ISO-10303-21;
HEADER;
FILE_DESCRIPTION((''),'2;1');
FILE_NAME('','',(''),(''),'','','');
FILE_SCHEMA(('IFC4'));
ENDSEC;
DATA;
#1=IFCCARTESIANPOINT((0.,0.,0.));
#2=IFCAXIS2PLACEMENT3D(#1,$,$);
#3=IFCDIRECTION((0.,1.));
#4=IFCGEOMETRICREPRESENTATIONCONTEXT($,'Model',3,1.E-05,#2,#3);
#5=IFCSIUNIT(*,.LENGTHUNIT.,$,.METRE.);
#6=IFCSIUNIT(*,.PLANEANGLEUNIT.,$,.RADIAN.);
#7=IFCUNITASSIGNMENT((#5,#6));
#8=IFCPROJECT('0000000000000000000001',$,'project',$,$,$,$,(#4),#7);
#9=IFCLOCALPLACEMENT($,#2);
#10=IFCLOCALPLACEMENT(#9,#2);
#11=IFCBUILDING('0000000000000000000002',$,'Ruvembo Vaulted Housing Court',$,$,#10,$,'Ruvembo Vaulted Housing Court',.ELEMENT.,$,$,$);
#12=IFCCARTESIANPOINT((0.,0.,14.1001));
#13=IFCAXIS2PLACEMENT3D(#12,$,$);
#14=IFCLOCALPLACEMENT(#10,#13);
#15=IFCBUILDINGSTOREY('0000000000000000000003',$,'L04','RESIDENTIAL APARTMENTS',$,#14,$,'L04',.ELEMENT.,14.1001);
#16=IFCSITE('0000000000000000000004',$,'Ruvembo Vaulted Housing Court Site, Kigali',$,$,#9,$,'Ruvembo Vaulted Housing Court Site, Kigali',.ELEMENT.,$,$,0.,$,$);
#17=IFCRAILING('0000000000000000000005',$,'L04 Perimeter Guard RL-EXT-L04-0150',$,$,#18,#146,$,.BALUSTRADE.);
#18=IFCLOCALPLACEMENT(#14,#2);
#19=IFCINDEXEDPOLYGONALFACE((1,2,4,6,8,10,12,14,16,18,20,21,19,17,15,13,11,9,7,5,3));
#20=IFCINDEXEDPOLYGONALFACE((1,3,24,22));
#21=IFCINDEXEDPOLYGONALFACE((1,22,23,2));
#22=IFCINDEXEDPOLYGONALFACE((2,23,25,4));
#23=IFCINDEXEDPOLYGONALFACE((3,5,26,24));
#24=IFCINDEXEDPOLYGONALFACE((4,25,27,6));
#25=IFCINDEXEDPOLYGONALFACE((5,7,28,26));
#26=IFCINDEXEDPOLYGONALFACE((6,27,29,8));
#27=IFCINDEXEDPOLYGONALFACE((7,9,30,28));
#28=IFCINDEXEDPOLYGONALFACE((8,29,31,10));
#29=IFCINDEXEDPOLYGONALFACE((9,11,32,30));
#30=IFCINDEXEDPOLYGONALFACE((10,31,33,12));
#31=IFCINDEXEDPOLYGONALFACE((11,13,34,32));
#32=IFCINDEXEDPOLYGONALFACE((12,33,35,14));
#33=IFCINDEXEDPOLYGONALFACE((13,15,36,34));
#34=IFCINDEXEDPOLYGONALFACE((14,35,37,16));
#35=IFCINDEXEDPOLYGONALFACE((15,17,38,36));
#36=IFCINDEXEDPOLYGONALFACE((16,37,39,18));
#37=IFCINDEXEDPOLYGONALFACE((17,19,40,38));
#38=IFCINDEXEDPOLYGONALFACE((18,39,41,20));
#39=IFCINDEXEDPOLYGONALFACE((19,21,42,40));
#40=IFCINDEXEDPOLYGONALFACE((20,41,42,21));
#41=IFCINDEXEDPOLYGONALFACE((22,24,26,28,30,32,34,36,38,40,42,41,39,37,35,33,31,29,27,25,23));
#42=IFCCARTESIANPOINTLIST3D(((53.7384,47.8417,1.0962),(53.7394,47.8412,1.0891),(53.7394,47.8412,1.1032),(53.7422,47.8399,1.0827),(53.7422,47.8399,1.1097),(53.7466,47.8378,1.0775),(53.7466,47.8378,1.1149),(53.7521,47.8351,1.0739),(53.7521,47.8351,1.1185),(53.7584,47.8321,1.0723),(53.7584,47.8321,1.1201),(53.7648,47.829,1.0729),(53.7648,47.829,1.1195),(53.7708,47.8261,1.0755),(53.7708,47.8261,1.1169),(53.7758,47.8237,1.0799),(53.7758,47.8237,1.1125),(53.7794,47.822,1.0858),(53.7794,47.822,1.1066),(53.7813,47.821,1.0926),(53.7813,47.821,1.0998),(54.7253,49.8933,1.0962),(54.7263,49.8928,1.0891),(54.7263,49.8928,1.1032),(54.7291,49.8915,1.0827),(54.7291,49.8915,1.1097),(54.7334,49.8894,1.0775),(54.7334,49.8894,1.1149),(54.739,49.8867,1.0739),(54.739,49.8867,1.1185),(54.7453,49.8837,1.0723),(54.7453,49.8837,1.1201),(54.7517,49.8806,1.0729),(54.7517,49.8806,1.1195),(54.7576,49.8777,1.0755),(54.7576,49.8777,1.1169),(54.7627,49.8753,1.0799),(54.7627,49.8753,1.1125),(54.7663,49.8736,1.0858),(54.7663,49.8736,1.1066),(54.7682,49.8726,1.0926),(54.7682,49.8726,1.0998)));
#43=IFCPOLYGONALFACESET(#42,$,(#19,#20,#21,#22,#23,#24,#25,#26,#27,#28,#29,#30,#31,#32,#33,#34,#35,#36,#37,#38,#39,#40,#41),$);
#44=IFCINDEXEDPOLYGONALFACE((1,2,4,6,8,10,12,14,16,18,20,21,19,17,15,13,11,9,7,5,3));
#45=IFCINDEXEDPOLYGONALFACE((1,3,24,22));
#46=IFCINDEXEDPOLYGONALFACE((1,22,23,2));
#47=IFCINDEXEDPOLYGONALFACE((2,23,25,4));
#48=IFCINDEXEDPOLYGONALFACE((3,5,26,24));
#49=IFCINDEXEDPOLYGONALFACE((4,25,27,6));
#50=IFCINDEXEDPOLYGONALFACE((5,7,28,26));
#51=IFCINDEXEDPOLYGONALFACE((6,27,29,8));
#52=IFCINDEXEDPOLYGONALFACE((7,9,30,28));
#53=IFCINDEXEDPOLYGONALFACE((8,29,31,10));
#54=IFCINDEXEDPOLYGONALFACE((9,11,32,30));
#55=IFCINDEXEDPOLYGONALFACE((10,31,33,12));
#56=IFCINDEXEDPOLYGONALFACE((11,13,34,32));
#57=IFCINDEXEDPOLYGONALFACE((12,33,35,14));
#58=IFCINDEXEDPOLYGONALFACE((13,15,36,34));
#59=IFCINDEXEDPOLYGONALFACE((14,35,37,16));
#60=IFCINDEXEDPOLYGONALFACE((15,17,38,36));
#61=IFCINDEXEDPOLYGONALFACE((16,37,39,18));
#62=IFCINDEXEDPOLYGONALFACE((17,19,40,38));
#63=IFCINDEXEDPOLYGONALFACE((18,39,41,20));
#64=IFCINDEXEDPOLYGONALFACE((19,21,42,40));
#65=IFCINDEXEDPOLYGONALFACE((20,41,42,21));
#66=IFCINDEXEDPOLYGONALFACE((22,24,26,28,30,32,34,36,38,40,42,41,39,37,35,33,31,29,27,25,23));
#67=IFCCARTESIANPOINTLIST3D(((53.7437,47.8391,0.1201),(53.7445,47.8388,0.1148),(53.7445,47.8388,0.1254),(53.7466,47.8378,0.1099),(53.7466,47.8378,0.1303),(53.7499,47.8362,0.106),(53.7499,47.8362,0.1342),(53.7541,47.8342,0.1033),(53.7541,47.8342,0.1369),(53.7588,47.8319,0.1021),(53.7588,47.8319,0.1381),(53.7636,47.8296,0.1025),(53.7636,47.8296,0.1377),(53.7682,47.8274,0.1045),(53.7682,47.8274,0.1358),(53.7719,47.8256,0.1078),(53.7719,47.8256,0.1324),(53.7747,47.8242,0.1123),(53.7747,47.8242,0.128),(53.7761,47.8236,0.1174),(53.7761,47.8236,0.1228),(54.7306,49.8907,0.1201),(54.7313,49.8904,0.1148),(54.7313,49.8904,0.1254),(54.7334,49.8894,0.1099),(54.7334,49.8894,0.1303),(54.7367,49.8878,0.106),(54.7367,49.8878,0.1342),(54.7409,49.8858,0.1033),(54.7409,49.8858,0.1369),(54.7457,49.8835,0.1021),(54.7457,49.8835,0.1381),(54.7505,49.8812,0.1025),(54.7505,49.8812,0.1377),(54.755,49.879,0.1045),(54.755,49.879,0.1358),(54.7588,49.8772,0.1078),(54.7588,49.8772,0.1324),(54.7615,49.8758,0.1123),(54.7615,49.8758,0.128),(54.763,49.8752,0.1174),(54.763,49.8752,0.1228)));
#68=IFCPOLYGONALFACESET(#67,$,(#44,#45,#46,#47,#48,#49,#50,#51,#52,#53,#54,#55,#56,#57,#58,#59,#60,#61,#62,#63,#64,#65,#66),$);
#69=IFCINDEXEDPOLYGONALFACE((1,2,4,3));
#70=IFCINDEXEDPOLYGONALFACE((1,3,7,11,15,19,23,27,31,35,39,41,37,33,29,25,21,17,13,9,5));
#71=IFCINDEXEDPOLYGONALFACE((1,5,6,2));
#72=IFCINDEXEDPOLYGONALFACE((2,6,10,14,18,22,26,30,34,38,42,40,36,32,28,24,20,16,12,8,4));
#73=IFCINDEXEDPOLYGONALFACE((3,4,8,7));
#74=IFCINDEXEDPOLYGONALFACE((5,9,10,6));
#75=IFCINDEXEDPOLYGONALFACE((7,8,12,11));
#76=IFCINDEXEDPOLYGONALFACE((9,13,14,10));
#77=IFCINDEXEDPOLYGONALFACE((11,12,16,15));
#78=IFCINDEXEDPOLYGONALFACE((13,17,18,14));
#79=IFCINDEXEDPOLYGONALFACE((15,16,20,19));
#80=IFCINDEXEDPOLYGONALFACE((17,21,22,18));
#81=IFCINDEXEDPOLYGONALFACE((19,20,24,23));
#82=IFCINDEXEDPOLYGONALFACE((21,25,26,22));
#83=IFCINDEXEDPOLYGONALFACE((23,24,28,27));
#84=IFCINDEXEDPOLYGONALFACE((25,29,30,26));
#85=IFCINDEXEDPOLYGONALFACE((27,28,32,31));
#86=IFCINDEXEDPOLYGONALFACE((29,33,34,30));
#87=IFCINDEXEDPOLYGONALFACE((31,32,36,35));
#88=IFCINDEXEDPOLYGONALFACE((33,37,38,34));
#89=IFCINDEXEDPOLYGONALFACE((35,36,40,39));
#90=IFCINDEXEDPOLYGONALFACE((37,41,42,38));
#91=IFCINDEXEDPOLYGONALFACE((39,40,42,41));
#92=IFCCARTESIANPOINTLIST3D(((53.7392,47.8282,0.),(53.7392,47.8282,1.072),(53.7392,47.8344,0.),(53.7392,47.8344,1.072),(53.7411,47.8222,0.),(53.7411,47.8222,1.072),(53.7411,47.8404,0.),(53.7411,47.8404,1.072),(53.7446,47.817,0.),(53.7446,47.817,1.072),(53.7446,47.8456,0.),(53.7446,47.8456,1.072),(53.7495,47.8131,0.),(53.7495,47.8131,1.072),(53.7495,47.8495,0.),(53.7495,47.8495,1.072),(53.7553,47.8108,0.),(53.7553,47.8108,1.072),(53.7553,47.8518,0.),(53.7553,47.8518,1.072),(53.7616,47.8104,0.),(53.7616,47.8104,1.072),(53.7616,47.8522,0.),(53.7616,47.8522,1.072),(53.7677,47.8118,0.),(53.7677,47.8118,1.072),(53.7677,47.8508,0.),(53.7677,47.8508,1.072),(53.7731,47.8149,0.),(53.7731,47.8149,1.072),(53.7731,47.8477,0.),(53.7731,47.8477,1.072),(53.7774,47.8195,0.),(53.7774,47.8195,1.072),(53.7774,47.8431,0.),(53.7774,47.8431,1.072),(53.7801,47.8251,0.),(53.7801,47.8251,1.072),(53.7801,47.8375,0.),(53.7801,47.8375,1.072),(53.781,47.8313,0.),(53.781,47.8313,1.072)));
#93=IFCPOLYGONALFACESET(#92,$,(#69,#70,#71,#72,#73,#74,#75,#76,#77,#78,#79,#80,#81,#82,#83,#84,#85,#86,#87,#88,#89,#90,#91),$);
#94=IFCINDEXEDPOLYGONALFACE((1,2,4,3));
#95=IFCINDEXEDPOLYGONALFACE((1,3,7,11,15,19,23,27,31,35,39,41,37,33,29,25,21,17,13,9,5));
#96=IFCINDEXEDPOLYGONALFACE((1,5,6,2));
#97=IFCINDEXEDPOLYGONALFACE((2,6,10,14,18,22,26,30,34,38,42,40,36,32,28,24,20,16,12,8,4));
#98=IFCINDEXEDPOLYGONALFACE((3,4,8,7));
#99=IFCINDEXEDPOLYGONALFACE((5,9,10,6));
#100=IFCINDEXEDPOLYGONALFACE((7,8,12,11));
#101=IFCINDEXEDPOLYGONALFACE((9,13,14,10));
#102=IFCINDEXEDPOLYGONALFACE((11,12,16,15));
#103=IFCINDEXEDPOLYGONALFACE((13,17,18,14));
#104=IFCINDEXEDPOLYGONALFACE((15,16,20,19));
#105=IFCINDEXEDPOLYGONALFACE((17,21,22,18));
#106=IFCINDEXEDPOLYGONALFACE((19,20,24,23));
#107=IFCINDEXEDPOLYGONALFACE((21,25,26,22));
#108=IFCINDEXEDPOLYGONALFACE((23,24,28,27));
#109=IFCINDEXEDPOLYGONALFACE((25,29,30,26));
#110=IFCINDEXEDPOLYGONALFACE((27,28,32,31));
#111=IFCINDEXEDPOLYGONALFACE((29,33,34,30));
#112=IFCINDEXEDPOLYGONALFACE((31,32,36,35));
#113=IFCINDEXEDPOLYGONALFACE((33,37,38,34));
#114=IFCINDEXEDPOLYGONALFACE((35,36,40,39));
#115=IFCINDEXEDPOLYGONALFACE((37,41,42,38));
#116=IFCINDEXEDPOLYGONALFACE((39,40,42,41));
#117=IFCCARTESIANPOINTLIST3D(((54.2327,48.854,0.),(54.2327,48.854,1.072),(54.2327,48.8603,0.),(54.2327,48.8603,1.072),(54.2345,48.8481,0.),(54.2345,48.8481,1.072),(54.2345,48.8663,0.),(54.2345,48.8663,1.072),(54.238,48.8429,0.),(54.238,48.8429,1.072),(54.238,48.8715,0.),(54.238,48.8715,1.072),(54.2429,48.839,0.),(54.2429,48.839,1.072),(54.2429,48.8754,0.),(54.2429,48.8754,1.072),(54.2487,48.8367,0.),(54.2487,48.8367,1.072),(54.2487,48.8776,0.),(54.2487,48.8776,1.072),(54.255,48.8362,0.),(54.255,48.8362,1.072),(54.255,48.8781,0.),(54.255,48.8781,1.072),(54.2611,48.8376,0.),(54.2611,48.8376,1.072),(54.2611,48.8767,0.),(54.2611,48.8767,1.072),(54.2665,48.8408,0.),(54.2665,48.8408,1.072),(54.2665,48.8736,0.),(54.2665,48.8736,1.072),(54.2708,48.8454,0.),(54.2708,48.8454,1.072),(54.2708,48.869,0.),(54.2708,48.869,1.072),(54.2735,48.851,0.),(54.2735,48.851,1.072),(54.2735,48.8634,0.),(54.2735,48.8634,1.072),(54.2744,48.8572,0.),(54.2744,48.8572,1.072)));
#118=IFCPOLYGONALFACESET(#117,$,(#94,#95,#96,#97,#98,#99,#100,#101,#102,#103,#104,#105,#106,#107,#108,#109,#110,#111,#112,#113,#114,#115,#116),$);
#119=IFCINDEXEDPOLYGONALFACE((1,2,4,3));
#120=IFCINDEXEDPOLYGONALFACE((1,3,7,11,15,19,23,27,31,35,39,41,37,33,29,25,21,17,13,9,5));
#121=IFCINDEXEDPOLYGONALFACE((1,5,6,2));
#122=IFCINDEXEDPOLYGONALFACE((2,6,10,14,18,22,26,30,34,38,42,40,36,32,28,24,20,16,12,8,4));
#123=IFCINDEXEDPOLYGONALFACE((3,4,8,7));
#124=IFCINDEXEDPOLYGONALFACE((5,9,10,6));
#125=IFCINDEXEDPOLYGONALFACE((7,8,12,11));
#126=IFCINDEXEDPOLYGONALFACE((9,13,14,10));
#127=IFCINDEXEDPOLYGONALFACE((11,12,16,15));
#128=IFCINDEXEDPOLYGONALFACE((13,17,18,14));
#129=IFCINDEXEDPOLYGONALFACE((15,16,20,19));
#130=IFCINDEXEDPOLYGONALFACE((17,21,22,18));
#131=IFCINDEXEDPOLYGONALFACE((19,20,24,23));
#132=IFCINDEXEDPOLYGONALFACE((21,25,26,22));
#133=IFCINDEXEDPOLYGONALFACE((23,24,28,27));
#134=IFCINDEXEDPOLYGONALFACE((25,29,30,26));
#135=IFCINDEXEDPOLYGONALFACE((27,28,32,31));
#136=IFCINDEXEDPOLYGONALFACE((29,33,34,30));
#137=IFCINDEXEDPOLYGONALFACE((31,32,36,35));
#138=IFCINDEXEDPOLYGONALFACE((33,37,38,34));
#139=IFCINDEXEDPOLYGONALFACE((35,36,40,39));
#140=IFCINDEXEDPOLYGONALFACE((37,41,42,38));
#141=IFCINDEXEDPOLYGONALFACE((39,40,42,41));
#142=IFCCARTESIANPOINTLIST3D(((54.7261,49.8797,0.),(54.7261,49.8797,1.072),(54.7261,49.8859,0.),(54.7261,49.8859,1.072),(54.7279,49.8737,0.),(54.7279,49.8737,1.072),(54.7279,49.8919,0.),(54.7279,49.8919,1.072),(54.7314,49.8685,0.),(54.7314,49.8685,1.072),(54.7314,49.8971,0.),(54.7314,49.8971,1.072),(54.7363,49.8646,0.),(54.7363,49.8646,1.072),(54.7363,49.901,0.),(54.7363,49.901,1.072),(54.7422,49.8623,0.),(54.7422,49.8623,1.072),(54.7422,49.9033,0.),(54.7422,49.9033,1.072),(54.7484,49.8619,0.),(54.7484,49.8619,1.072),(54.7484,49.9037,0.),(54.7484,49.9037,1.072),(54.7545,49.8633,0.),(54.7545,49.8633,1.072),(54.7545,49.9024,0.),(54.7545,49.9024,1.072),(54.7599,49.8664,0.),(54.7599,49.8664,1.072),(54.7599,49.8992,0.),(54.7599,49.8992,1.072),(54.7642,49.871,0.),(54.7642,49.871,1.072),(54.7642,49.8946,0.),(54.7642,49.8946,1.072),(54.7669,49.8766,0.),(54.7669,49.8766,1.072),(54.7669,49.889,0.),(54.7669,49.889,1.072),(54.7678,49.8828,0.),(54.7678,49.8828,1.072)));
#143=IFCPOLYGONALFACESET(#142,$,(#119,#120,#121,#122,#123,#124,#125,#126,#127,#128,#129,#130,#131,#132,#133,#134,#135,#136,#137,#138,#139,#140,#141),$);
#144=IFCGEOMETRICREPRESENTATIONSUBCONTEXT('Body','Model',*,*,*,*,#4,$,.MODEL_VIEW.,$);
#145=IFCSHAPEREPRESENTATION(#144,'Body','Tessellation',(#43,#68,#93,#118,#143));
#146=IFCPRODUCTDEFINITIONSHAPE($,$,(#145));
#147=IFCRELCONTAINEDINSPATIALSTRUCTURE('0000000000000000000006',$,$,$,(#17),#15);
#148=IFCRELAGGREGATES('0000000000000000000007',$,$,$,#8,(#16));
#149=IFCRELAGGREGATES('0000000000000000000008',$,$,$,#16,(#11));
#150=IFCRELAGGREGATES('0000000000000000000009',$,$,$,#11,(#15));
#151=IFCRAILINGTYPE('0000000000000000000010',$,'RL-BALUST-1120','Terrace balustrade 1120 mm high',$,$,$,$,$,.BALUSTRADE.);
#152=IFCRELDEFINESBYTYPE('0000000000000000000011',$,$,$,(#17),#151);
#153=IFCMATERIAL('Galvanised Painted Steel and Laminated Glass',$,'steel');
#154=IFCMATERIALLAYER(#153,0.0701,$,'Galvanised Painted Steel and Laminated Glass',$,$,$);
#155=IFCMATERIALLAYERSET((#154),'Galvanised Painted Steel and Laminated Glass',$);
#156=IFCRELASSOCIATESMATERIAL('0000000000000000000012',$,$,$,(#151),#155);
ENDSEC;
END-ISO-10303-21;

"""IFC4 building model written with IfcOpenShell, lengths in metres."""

from ifc_helpers import new_model, si_unit, direction, frame, origin, origin_2d, place, context, subcontext, project, spatial, circle, extrude, material, layer, layer_set, type_object, element, save


model = new_model("IFC4")

# Units and contexts
model_context = context("Model", 3, precision=1e-05, world=origin(), true_north=direction((0.0, 1.0)))
body_context = subcontext(model_context, "Body", "Model", "MODEL_VIEW")
ifc_project = project(units=[si_unit("LENGTHUNIT", "METRE"), si_unit("PLANEANGLEUNIT", "RADIAN")], contexts=[model_context])

# Site, building, storey
site_placement = place(None, origin())
site = spatial("IfcSite", under=ifc_project, at=site_placement, Name="Ruvembo Vaulted Housing Court Site, Kigali", LongName="Ruvembo Vaulted Housing Court Site, Kigali", CompositionType="ELEMENT", RefElevation=0.0)
building_placement = place(site_placement, origin())
building = spatial("IfcBuilding", under=site, at=building_placement, Name="Ruvembo Vaulted Housing Court", LongName="Ruvembo Vaulted Housing Court", CompositionType="ELEMENT")
storey_placement = place(building_placement, frame((0.0, 0.0, 14.1001)))
storey = spatial("IfcBuildingStorey", under=building, at=storey_placement, Name="L04", Description="RESIDENTIAL APARTMENTS", LongName="L04", CompositionType="ELEMENT", Elevation=14.1001)

# Railing
ifc_material_1 = material(Name="Galvanised Painted Steel and Laminated Glass", Category="steel")
ifc_layer_1 = layer(ifc_material_1, 0.0701, Name="Galvanised Painted Steel and Laminated Glass")
ifc_layer_set_1 = layer_set([ifc_layer_1], Name="Galvanised Painted Steel and Laminated Glass")
railing_type = type_object("IfcRailingType", Name="RL-BALUST-1120", Description="Terrace balustrade 1120 mm high", PredefinedType="BALUSTRADE", material=ifc_layer_set_1)
railing_1_placement = place(storey_placement, frame((53.76, 47.8313, 0.0)))
element("IfcRailing", 1, at=railing_1_placement, inside=storey, type_object=railing_type, Name="L04 Perimeter Guard RL-EXT-L04-0150", PredefinedType="BALUSTRADE", context=body_context, shape_type="SweptSolid", body=[
    extrude(circle(Radius=0.0239, at=origin_2d()), frame((0.0, 0.0, 1.0962), z_axis=(0.433477, 0.901165, 0.0), x_axis=(-0.901165, 0.433477, 0.0)), (0.0, 0.0, 1.0), 2.2766),
    extrude(circle(Radius=0.0181, at=origin_2d()), frame((0.0, 0.0, 0.1201), z_axis=(0.433477, 0.901165, 0.0), x_axis=(-0.901165, 0.433477, 0.0)), (0.0, 0.0, 1.0), 2.2766),
    extrude(circle(Radius=0.021, at=origin_2d()), origin(), (0.0, 0.0, 1.0), 1.072),
    extrude(circle(Radius=0.021, at=origin_2d()), frame((0.4934, 1.0259, 0.0)), (0.0, 0.0, 1.0), 1.072),
    extrude(circle(Radius=0.021, at=origin_2d()), frame((0.9868, 2.0515, 0.0)), (0.0, 0.0, 1.0), 1.072),
])

save(model, "model.ifc")
